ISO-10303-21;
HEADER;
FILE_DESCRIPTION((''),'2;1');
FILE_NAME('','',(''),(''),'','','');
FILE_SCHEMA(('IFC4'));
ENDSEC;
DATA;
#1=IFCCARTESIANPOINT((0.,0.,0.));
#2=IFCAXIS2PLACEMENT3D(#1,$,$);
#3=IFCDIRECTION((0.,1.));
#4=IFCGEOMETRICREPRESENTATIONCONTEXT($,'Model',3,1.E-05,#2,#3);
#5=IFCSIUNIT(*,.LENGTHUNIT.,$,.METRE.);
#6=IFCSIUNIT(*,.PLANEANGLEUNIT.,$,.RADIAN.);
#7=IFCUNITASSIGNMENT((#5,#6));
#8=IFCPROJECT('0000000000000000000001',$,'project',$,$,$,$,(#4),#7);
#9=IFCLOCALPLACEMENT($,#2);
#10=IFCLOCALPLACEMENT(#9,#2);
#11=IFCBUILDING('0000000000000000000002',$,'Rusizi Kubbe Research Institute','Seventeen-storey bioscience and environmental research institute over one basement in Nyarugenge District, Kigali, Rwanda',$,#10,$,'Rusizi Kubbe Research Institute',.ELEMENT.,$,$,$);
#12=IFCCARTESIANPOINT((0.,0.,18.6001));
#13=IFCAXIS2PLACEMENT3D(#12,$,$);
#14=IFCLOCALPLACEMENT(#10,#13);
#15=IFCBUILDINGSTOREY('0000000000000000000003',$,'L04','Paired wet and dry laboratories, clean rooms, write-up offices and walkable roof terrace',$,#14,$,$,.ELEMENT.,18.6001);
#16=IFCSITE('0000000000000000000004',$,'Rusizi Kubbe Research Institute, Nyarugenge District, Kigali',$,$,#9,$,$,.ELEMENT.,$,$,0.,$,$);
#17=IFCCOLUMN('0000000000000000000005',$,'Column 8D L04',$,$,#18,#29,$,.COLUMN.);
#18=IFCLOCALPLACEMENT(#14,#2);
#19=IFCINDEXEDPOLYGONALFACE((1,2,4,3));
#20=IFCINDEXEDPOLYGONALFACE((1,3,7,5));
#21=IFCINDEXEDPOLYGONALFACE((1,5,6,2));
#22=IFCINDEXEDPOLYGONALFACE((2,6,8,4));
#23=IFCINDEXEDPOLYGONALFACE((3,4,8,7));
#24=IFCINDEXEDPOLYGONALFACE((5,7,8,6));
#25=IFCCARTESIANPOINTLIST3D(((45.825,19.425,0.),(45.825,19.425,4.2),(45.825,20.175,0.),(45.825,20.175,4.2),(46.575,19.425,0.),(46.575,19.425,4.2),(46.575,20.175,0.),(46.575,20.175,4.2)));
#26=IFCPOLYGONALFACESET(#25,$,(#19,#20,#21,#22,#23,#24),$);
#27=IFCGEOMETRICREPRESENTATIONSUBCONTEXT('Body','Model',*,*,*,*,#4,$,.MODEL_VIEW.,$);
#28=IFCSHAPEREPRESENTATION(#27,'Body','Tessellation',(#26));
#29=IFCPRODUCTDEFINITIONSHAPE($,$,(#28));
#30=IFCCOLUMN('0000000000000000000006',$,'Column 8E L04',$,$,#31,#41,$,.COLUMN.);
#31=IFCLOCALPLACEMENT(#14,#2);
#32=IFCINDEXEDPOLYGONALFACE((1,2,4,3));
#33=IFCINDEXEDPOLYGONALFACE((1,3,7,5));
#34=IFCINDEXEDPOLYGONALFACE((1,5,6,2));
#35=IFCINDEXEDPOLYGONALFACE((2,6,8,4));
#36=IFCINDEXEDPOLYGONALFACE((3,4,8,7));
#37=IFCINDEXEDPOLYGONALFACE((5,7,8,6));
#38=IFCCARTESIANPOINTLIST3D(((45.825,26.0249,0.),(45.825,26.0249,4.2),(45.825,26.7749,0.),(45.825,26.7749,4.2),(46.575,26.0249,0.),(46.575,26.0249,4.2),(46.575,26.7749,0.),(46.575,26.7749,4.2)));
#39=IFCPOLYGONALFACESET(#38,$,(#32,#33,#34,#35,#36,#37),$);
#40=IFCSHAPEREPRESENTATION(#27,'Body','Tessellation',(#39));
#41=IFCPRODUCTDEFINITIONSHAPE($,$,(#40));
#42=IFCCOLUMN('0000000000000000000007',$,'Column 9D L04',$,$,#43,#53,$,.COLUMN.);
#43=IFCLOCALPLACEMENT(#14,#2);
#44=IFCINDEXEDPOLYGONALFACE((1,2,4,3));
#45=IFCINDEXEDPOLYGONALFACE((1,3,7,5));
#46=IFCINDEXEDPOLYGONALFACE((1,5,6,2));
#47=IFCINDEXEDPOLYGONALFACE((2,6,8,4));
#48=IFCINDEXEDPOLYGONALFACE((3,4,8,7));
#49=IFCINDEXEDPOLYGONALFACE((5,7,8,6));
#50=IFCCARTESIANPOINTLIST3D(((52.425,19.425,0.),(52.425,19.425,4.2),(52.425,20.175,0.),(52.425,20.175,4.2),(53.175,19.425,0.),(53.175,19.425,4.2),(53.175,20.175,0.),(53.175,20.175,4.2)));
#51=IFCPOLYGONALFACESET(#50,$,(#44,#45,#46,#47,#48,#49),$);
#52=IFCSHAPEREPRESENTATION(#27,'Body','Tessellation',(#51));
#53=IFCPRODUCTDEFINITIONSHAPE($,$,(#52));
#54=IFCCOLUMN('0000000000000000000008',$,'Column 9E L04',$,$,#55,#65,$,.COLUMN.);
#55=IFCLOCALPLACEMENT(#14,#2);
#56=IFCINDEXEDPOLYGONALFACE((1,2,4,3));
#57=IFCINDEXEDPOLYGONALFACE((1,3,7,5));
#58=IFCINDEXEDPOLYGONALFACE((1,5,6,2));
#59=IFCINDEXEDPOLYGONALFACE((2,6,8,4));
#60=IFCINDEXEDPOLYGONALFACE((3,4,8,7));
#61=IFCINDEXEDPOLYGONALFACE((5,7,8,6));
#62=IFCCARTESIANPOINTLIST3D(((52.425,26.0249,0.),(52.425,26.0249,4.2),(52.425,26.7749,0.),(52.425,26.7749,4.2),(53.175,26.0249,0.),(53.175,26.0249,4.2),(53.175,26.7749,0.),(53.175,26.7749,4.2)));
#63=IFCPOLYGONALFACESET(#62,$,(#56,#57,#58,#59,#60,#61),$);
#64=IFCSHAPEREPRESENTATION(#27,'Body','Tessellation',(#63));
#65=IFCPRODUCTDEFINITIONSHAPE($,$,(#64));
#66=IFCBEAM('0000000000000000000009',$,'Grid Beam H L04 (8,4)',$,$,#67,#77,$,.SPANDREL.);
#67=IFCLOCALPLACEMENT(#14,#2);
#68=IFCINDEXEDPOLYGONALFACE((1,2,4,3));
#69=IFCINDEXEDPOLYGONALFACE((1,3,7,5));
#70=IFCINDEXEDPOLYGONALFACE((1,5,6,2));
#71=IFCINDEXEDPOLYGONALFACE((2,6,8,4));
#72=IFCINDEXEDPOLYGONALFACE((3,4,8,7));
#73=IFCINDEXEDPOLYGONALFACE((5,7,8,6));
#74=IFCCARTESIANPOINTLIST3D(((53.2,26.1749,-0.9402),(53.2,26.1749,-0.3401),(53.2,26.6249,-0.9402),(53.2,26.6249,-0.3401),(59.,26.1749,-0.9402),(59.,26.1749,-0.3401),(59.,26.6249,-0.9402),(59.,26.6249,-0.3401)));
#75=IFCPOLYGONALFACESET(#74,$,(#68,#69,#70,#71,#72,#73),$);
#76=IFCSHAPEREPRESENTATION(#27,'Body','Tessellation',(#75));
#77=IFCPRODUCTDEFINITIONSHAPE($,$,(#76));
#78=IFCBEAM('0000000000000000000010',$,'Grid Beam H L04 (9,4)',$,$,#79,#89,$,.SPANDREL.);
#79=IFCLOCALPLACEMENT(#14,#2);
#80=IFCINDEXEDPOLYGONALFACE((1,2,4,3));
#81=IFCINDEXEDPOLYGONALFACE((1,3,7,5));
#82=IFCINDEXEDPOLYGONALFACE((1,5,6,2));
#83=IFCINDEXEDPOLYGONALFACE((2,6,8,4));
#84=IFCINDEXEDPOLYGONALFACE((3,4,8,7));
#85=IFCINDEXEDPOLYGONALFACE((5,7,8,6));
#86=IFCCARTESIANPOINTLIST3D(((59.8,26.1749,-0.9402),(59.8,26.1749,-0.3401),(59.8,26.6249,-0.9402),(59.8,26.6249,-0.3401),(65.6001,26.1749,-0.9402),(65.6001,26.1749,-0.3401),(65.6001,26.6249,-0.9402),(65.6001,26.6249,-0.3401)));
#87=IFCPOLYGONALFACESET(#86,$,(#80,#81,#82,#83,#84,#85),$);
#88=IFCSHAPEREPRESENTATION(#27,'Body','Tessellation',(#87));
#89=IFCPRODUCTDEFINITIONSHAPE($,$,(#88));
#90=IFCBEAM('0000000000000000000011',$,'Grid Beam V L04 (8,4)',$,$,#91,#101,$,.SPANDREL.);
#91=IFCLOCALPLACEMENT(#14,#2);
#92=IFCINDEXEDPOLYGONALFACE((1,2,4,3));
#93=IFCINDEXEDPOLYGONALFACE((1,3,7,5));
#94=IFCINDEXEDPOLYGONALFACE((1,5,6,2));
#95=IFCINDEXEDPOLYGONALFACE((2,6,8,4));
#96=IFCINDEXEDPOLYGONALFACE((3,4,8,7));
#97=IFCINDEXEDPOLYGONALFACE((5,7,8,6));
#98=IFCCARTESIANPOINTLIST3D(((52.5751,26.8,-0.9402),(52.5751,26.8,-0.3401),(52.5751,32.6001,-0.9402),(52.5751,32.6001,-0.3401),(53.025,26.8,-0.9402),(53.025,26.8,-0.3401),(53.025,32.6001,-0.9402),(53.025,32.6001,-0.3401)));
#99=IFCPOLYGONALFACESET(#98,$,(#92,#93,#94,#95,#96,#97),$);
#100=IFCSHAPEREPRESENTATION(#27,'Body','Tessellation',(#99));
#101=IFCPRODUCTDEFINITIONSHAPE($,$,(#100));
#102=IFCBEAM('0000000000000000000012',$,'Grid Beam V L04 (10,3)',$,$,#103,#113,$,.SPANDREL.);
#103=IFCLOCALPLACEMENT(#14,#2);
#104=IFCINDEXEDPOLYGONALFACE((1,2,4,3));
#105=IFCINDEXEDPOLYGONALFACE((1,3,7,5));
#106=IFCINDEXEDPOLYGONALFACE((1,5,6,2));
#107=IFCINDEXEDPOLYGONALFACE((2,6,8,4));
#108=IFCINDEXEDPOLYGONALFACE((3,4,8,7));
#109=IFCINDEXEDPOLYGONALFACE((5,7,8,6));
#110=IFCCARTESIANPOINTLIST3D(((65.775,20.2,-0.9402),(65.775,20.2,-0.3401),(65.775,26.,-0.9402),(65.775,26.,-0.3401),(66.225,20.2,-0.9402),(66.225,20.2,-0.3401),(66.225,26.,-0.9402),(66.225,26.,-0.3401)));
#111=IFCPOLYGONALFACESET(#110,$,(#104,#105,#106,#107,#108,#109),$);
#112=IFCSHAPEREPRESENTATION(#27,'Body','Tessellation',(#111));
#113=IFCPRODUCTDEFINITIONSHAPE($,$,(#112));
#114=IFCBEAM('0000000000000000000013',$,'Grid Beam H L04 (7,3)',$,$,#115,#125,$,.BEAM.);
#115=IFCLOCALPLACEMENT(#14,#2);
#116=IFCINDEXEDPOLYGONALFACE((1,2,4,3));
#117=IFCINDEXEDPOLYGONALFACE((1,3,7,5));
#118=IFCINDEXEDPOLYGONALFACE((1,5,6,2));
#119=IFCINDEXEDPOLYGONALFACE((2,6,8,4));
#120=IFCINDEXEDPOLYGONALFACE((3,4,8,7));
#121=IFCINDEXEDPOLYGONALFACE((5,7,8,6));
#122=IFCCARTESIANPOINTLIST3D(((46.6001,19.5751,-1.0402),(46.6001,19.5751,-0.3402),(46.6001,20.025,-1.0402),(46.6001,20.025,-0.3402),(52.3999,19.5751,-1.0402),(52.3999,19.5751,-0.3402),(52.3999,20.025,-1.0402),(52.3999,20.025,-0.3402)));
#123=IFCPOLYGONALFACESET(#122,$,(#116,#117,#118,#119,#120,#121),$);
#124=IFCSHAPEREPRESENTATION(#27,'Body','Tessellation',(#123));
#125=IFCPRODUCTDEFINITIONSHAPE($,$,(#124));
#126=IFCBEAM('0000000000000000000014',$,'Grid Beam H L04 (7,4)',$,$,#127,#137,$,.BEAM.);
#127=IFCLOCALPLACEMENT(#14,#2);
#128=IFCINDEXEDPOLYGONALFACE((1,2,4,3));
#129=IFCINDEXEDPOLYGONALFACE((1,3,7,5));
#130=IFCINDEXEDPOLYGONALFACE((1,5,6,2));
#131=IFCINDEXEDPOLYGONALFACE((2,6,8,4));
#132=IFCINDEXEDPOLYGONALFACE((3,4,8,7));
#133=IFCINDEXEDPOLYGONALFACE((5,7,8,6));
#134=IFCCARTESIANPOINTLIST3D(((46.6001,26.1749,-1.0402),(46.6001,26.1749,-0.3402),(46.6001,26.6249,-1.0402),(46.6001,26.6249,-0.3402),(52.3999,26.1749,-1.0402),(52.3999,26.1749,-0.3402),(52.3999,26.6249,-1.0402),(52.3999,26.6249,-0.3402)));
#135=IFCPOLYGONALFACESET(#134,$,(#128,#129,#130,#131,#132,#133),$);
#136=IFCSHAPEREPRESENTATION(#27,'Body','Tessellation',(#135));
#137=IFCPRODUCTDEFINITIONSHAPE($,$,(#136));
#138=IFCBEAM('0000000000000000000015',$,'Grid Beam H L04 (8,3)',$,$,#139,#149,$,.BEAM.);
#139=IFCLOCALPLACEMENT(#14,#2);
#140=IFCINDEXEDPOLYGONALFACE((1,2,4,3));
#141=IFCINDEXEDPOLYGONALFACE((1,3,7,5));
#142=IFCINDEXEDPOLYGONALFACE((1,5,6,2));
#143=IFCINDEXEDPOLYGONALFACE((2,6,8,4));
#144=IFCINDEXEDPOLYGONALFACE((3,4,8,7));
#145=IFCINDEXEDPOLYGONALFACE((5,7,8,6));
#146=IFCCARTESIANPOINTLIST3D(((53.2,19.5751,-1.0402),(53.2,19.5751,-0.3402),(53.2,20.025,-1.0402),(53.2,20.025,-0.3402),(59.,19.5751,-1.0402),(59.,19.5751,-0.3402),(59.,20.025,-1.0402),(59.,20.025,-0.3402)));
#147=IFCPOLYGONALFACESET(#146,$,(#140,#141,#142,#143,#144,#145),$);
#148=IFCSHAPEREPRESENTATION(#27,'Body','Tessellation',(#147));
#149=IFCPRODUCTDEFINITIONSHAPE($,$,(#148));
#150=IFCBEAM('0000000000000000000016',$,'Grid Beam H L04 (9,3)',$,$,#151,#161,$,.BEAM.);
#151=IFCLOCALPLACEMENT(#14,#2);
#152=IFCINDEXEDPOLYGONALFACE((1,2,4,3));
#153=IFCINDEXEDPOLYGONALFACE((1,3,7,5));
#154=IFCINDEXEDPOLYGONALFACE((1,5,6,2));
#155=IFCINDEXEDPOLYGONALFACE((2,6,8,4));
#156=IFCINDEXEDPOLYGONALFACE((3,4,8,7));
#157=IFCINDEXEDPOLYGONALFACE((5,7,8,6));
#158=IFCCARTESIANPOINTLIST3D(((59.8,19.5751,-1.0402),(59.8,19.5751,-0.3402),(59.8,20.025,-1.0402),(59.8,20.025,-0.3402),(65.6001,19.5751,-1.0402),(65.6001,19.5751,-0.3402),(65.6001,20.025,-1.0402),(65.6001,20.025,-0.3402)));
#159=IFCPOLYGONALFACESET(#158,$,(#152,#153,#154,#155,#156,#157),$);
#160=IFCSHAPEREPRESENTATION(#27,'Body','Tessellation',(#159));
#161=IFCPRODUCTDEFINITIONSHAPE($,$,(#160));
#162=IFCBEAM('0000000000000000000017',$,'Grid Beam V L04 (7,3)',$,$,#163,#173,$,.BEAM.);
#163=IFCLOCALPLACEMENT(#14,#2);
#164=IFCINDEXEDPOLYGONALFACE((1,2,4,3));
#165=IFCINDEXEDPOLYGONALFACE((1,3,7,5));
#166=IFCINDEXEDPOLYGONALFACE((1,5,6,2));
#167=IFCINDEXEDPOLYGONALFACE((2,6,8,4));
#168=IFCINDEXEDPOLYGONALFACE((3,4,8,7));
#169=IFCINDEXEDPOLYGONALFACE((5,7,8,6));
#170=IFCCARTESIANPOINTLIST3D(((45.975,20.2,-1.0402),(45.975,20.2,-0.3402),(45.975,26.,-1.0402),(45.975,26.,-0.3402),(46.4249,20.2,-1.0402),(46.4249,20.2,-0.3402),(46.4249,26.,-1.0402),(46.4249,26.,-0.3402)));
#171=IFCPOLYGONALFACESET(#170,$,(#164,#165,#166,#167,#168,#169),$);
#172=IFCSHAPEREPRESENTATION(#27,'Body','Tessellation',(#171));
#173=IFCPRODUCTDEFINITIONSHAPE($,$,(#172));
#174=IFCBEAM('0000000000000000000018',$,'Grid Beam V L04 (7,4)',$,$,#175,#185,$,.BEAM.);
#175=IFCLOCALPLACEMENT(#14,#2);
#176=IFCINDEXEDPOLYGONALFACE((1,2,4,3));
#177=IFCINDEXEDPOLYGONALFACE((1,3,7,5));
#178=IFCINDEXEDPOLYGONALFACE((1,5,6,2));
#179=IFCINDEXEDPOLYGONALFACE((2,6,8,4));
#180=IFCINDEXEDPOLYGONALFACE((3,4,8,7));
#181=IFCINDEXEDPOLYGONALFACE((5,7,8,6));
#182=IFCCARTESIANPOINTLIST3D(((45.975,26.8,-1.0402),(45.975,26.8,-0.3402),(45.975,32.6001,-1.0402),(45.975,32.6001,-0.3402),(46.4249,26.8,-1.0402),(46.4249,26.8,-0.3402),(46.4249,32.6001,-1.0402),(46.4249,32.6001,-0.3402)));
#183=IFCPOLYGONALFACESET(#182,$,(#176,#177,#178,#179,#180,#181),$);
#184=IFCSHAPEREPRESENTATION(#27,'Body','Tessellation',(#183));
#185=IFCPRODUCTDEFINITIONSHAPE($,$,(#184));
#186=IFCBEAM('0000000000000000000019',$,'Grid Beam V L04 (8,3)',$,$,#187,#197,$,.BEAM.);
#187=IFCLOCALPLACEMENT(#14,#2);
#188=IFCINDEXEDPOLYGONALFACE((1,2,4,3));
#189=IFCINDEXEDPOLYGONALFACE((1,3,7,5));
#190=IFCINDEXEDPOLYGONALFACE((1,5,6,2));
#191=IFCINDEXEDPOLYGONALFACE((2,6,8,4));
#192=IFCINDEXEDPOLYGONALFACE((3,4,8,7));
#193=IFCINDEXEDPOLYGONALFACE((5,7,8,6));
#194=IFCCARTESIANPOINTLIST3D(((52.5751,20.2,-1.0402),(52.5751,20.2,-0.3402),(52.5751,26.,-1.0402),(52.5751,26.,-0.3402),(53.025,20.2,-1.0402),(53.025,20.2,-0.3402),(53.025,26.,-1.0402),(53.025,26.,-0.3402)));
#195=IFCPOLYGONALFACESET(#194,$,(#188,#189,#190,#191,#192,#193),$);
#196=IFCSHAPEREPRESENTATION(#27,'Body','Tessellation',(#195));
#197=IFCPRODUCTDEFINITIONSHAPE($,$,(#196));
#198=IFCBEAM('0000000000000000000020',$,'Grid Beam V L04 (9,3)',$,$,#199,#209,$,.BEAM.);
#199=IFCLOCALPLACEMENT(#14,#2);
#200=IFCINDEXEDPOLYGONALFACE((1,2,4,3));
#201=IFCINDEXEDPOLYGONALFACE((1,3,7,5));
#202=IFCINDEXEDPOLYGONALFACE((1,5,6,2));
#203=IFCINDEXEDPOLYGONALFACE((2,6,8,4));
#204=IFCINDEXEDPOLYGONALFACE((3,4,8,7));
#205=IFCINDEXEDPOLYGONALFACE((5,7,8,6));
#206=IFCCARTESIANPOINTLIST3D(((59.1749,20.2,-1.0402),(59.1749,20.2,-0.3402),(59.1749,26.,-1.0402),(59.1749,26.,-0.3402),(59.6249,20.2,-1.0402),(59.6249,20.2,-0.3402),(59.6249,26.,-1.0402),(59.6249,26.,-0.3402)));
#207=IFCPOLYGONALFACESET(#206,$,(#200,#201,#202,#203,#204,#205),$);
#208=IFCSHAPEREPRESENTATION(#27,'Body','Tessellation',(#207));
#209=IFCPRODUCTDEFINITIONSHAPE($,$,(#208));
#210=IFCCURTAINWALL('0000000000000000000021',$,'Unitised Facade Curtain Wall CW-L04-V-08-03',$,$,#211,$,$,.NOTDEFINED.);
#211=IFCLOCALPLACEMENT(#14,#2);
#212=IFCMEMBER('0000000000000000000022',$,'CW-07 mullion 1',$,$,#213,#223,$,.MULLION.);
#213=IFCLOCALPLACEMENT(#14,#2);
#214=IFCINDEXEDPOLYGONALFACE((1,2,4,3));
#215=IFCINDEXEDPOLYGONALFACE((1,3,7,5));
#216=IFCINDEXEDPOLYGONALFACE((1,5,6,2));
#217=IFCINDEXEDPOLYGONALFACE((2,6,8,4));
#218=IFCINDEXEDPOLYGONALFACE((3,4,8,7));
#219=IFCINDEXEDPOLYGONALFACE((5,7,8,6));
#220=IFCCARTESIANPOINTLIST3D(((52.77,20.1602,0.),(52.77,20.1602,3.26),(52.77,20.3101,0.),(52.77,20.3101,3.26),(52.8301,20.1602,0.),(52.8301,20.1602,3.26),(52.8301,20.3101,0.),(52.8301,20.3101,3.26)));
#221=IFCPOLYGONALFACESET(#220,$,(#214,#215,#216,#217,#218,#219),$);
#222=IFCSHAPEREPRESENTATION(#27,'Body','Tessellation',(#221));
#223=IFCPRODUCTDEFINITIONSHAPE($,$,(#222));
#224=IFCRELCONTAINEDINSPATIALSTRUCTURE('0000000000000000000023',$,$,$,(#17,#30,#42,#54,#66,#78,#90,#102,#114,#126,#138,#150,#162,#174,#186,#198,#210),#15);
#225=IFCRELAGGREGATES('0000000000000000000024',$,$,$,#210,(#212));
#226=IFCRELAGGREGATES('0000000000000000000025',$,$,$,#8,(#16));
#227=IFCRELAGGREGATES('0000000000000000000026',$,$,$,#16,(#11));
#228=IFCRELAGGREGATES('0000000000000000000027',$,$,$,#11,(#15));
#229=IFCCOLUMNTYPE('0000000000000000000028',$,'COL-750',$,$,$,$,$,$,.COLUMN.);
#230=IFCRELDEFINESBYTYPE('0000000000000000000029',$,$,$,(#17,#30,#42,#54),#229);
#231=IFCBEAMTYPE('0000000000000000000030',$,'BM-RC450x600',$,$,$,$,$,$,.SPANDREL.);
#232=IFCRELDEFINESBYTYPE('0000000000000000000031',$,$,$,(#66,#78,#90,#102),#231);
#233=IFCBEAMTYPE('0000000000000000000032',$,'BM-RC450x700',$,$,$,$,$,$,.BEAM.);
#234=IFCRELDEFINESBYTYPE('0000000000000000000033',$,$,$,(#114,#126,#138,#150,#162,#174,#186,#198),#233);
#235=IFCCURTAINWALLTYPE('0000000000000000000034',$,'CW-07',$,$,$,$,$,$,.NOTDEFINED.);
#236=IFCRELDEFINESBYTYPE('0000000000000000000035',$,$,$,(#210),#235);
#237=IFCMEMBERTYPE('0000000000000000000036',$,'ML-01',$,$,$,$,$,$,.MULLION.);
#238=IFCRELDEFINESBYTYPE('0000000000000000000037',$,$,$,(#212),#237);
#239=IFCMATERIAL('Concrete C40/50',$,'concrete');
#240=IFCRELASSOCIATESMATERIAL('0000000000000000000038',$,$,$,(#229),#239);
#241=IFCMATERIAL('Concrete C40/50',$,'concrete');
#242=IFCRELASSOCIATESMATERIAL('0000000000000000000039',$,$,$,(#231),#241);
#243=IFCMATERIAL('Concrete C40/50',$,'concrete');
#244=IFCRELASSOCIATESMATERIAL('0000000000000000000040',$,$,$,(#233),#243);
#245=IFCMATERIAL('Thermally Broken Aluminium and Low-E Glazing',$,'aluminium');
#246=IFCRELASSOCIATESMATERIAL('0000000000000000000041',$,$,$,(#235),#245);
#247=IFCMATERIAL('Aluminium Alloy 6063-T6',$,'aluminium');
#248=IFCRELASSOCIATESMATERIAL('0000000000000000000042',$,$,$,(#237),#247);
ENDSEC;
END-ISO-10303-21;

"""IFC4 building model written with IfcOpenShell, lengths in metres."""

from ifc_helpers import new_model, si_unit, direction, frame, origin, origin_2d, place, context, subcontext, project, spatial, rectangle, extrude, material, material_profile, profile_set, type_object, element, aggregate, save


model = new_model("IFC4")

# Units and contexts
model_context = context("Model", 3, precision=1e-05, world=origin(), true_north=direction((0.0, 1.0)))
body_context = subcontext(model_context, "Body", "Model", "MODEL_VIEW")
ifc_project = project(units=[si_unit("LENGTHUNIT", "METRE"), si_unit("PLANEANGLEUNIT", "RADIAN")], contexts=[model_context])

# Site, building, storey
site_placement = place(None, origin())
site = spatial("IfcSite", under=ifc_project, at=site_placement, Name="Rusizi Kubbe Research Institute, Nyarugenge District, Kigali", CompositionType="ELEMENT", RefElevation=0.0)
building_placement = place(site_placement, origin())
building = spatial("IfcBuilding", under=site, at=building_placement, Name="Rusizi Kubbe Research Institute", Description="Seventeen-storey bioscience and environmental research institute over one basement in Nyarugenge District, Kigali, Rwanda", LongName="Rusizi Kubbe Research Institute", CompositionType="ELEMENT")
storey_placement = place(building_placement, frame((0.0, 0.0, 18.6001)))
storey = spatial("IfcBuildingStorey", under=building, at=storey_placement, Name="L04", Description="Paired wet and dry laboratories, clean rooms, write-up offices and walkable roof terrace", CompositionType="ELEMENT", Elevation=18.6001)

# Columns
ifc_material_1 = material(Name="Concrete C40/50", Category="concrete")
ifc_material_profile_1 = material_profile(ifc_material_1, rectangle(XDim=0.75, YDim=0.75, at=origin_2d()), Name="RC750x750")
ifc_profile_set_1 = profile_set([ifc_material_profile_1], Name="Concrete C40/50")
column_type = type_object("IfcColumnType", Name="COL-750", PredefinedType="COLUMN", material=ifc_profile_set_1)
for number, where, z_axis, x_axis, name in (
    (1, (46.2, 19.8, 0.0), (0.0, 0.0, 1.0), (1.0, 0.0, 0.0), "Column 8D L04"),
    (2, (46.2, 26.3999, 0.0), (0.0, 0.0, 1.0), (1.0, 0.0, 0.0), "Column 8E L04"),
    (3, (52.8, 19.8, 0.0), (0.0, 0.0, 1.0), (1.0, 0.0, 0.0), "Column 9D L04"),
    (4, (52.8, 26.3999, 0.0), (0.0, 0.0, 1.0), (1.0, 0.0, 0.0), "Column 9E L04"),
):
    element("IfcColumn", number, at=place(storey_placement, frame(where, z_axis=z_axis, x_axis=x_axis)), inside=storey, type_object=column_type, Name=name, PredefinedType="COLUMN", context=body_context, shape_type="SweptSolid", body=[
        extrude(rectangle(XDim=0.75, YDim=0.75, at=origin_2d()), origin(), (0.0, 0.0, 1.0), 4.2),
    ])

# Beams
ifc_material_2 = material(Name="Concrete C40/50", Category="concrete")
ifc_material_profile_2 = material_profile(ifc_material_2, rectangle(XDim=0.45, YDim=0.6001, at=origin_2d()), Name="RC450x600")
ifc_profile_set_2 = profile_set([ifc_material_profile_2], Name="Concrete C40/50")
beam_type_1 = type_object("IfcBeamType", Name="BM-RC450x600", PredefinedType="SPANDREL", material=ifc_profile_set_2)
for number, where, z_axis, x_axis, name in (
    (5, (53.2, 26.3999, -0.6401), (1.0, 0.0, 0.0), (0.0, 1.0, 0.0), "Grid Beam H L04 (8,4)"),
    (6, (59.8, 26.3999, -0.6401), (1.0, 0.0, 0.0), (0.0, 1.0, 0.0), "Grid Beam H L04 (9,4)"),
    (7, (52.8, 26.8, -0.6401), (0.0, 1.0, 0.0), (-1.0, 0.0, 0.0), "Grid Beam V L04 (8,4)"),
    (8, (66.0, 20.2, -0.6401), (0.0, 1.0, 0.0), (-1.0, 0.0, 0.0), "Grid Beam V L04 (10,3)"),
):
    element("IfcBeam", number, at=place(storey_placement, frame(where, z_axis=z_axis, x_axis=x_axis)), inside=storey, type_object=beam_type_1, Name=name, PredefinedType="SPANDREL", context=body_context, shape_type="SweptSolid", body=[
        extrude(rectangle(XDim=0.45, YDim=0.6001, at=origin_2d()), origin(), (0.0, 0.0, 1.0), 5.8),
    ])
ifc_material_3 = material(Name="Concrete C40/50", Category="concrete")
ifc_material_profile_3 = material_profile(ifc_material_3, rectangle(XDim=0.45, YDim=0.7, at=origin_2d()), Name="RC450x700B")
ifc_profile_set_3 = profile_set([ifc_material_profile_3], Name="Concrete C40/50")
beam_type_2 = type_object("IfcBeamType", Name="BM-RC450x700", PredefinedType="BEAM", material=ifc_profile_set_3)
for number, where, z_axis, x_axis, name in (
    (9, (46.6001, 19.8, -0.6902), (1.0, 0.0, 0.0), (0.0, 1.0, 0.0), "Grid Beam H L04 (7,3)"),
    (10, (46.6001, 26.3999, -0.6902), (1.0, 0.0, 0.0), (0.0, 1.0, 0.0), "Grid Beam H L04 (7,4)"),
):
    element("IfcBeam", number, at=place(storey_placement, frame(where, z_axis=z_axis, x_axis=x_axis)), inside=storey, type_object=beam_type_2, Name=name, PredefinedType="BEAM", context=body_context, shape_type="SweptSolid", body=[
        extrude(rectangle(XDim=0.45, YDim=0.7, at=origin_2d()), origin(), (0.0, 0.0, 1.0), 5.7998),
    ])
for number, where, z_axis, x_axis, name in (
    (11, (53.2, 19.8, -0.6902), (1.0, 0.0, 0.0), (0.0, 1.0, 0.0), "Grid Beam H L04 (8,3)"),
    (12, (59.8, 19.8, -0.6902), (1.0, 0.0, 0.0), (0.0, 1.0, 0.0), "Grid Beam H L04 (9,3)"),
    (13, (46.2, 20.2, -0.6902), (0.0, 1.0, 0.0), (-1.0, 0.0, 0.0), "Grid Beam V L04 (7,3)"),
    (14, (46.2, 26.8, -0.6902), (0.0, 1.0, 0.0), (-1.0, 0.0, 0.0), "Grid Beam V L04 (7,4)"),
    (15, (52.8, 20.2, -0.6902), (0.0, 1.0, 0.0), (-1.0, 0.0, 0.0), "Grid Beam V L04 (8,3)"),
    (16, (59.3999, 20.2, -0.6902), (0.0, 1.0, 0.0), (-1.0, 0.0, 0.0), "Grid Beam V L04 (9,3)"),
):
    element("IfcBeam", number, at=place(storey_placement, frame(where, z_axis=z_axis, x_axis=x_axis)), inside=storey, type_object=beam_type_2, Name=name, PredefinedType="BEAM", context=body_context, shape_type="SweptSolid", body=[
        extrude(rectangle(XDim=0.45, YDim=0.7, at=origin_2d()), origin(), (0.0, 0.0, 1.0), 5.8),
    ])

# Curtain wall, member
ifc_material_4 = material(Name="Thermally Broken Aluminium and Low-E Glazing", Category="aluminium")
curtain_wall_type = type_object("IfcCurtainWallType", Name="CW-07", PredefinedType="NOTDEFINED", material=ifc_material_4)
curtain_wall_1_placement = place(storey_placement, origin())
curtain_wall_1 = element("IfcCurtainWall", 17, at=curtain_wall_1_placement, inside=storey, type_object=curtain_wall_type, Name="Unitised Facade Curtain Wall CW-L04-V-08-03", PredefinedType="NOTDEFINED")
ifc_material_5 = material(Name="Aluminium Alloy 6063-T6", Category="aluminium")
ifc_material_profile_4 = material_profile(ifc_material_5, rectangle(XDim=0.0601, YDim=0.1499, at=origin_2d()), Name="ALU-M 60x150")
ifc_profile_set_4 = profile_set([ifc_material_profile_4], Name="Aluminium Alloy 6063-T6")
member_type_1 = type_object("IfcMemberType", Name="ML-01", PredefinedType="MULLION", material=ifc_profile_set_4)
member_1_placement = place(storey_placement, frame((52.8, 20.2351, 0.0), z_axis=(0.0, 0.0, 1.0), x_axis=(-1.0, 0.0, 0.0)))
member_1 = element("IfcMember", 18, at=member_1_placement, type_object=member_type_1, Name="CW-07 mullion 1", PredefinedType="MULLION", context=body_context, shape_type="SweptSolid", body=[
    extrude(rectangle(XDim=0.0601, YDim=0.1499, at=origin_2d()), origin(), (0.0, 0.0, 1.0), 3.26),
])

aggregate(curtain_wall_1, [member_1])

save(model, "model.ifc")
